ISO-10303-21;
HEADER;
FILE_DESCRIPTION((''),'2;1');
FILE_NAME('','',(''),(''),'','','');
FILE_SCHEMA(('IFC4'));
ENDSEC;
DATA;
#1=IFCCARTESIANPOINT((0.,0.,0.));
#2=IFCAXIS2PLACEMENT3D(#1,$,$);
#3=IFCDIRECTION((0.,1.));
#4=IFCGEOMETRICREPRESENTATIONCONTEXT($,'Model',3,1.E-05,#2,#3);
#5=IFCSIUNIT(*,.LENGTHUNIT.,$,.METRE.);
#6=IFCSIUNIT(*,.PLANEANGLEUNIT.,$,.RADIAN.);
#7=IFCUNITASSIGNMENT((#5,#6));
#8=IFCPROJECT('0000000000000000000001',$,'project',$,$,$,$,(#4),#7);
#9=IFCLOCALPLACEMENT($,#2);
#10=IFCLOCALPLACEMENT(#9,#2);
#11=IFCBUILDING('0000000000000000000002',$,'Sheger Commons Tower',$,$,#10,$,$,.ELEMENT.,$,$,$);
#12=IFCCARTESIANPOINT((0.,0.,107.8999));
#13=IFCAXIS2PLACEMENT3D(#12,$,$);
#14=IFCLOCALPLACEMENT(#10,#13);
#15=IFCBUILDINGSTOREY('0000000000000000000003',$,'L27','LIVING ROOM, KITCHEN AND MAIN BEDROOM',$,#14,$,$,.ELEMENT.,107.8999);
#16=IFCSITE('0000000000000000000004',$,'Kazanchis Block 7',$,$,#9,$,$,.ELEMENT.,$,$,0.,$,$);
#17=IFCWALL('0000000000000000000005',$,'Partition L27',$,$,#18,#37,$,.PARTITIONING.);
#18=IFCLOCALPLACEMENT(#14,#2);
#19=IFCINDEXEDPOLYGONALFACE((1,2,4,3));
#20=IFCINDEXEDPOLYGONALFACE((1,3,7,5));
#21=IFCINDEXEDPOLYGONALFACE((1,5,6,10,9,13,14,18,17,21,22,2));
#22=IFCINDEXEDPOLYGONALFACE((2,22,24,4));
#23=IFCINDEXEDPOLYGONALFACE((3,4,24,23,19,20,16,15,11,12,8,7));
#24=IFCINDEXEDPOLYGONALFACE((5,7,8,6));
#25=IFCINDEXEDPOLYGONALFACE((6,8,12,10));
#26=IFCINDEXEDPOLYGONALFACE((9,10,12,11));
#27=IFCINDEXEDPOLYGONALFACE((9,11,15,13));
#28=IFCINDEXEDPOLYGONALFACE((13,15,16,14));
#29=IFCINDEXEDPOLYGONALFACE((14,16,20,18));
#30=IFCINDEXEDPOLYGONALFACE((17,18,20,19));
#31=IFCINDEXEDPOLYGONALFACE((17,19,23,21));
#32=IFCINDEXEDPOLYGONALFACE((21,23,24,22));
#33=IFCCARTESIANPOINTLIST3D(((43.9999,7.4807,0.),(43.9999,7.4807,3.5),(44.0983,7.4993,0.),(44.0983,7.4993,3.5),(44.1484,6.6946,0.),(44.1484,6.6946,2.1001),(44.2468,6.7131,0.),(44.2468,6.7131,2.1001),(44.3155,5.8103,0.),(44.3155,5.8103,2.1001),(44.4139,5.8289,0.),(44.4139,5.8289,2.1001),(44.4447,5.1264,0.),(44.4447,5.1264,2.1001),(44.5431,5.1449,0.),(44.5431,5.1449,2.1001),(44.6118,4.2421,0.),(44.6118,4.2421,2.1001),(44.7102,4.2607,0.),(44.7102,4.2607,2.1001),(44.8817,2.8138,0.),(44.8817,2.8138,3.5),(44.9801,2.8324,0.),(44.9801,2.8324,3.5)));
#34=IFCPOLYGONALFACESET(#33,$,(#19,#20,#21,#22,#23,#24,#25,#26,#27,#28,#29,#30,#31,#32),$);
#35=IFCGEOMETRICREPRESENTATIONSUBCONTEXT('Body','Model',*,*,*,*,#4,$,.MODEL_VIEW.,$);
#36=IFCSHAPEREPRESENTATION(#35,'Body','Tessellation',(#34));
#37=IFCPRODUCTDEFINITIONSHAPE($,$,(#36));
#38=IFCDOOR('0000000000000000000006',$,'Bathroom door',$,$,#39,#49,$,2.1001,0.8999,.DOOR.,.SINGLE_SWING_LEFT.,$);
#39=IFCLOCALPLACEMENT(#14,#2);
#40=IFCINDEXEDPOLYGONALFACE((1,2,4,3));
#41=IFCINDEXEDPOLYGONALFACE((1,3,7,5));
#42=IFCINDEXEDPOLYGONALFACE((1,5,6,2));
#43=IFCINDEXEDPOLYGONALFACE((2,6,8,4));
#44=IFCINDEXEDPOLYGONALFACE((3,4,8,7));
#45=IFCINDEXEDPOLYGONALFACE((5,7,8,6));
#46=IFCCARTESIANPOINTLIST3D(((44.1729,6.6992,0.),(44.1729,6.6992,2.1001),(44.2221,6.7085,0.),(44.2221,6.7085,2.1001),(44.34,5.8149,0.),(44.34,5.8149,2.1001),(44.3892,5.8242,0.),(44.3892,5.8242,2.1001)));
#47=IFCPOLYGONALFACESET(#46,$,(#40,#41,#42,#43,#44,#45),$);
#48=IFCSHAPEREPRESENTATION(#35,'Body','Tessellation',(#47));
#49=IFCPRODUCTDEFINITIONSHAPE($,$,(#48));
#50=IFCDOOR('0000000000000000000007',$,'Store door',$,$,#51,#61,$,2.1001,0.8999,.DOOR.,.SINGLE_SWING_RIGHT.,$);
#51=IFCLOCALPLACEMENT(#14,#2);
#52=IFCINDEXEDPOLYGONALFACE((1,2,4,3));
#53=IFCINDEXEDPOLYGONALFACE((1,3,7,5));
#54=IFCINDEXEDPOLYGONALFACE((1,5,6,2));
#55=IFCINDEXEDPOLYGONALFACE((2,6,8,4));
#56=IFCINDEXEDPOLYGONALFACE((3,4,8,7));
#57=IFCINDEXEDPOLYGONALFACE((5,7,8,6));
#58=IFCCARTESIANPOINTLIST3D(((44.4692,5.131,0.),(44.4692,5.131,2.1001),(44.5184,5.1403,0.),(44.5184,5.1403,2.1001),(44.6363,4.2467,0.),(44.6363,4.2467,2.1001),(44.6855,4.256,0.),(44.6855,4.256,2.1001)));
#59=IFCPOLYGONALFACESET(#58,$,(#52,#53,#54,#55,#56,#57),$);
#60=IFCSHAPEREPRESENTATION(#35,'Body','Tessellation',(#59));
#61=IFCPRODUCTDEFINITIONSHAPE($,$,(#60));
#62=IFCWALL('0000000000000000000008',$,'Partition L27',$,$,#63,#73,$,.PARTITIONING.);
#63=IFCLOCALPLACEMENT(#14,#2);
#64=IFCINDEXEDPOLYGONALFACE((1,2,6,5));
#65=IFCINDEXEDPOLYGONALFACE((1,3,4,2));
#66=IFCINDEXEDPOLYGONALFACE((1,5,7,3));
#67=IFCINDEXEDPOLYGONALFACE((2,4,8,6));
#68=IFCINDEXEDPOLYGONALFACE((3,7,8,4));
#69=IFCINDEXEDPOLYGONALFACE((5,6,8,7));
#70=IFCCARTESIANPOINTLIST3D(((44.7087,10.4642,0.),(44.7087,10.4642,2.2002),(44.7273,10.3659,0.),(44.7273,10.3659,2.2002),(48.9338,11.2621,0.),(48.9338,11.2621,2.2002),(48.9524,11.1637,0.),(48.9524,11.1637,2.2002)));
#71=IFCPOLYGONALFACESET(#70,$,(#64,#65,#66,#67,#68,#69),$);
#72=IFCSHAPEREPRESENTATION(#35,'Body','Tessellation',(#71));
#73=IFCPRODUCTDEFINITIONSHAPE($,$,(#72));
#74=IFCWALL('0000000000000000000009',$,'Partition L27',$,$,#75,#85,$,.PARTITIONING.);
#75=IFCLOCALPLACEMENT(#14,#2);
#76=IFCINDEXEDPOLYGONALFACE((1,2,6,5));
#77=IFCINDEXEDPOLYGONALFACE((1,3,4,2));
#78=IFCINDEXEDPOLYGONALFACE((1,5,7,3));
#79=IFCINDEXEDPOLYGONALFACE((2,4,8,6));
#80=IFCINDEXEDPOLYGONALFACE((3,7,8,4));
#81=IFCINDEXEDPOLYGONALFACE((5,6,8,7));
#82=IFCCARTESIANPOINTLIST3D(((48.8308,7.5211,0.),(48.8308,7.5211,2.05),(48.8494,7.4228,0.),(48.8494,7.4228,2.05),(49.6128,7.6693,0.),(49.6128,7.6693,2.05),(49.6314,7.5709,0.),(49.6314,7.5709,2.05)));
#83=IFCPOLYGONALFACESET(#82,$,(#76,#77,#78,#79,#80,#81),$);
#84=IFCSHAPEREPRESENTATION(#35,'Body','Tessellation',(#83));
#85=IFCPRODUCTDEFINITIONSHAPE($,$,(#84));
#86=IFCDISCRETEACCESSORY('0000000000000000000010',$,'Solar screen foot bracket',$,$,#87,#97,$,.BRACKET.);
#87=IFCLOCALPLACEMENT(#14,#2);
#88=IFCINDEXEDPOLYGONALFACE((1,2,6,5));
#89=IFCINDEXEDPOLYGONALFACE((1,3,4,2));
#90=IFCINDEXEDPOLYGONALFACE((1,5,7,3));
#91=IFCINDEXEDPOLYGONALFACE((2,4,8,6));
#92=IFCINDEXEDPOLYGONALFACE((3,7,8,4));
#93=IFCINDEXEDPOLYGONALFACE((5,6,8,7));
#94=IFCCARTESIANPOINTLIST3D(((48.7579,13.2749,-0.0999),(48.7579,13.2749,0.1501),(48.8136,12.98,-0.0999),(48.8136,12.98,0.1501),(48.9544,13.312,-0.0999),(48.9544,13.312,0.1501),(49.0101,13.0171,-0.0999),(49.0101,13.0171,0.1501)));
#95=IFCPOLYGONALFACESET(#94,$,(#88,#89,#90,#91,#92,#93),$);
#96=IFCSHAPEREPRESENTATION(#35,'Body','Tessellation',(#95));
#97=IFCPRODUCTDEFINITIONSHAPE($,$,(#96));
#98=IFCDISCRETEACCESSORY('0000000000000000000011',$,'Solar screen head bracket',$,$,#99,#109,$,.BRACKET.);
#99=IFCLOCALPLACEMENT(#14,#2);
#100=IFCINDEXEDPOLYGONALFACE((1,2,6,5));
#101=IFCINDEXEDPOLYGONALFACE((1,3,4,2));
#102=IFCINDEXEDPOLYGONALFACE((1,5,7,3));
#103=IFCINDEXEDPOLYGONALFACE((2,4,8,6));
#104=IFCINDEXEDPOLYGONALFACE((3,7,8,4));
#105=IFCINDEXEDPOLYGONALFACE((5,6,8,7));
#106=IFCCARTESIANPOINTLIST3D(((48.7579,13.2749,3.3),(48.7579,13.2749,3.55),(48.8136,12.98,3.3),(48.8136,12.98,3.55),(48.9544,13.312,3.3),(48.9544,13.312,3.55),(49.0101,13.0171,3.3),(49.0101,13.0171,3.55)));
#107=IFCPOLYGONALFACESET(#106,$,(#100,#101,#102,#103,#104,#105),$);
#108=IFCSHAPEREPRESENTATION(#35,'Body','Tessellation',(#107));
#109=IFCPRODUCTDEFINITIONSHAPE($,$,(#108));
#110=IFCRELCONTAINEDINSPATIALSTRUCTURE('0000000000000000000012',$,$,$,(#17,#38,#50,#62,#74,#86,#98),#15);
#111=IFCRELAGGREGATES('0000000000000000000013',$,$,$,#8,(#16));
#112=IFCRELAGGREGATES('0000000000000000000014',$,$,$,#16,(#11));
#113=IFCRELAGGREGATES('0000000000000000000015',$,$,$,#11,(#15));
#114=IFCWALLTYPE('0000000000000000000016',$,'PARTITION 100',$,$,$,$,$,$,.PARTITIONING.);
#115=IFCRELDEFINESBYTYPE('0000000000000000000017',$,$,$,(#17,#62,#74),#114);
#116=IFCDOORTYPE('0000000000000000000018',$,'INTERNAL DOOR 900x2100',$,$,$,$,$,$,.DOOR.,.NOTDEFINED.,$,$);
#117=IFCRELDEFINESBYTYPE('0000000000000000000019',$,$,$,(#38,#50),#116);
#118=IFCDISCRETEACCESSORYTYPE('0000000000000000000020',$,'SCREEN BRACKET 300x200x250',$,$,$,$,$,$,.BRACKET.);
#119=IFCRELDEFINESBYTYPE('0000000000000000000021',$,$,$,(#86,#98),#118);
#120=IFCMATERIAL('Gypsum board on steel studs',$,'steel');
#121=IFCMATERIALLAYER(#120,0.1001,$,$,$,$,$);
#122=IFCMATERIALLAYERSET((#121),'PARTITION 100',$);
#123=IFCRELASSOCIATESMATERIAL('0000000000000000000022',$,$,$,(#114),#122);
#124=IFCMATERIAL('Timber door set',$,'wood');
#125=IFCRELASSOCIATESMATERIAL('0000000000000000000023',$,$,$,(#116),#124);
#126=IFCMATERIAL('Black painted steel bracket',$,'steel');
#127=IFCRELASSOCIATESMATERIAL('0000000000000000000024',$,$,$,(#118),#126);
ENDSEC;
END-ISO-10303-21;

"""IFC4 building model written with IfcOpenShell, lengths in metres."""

from ifc_helpers import new_model, si_unit, direction, frame, frame_2d, origin, origin_2d, place, context, subcontext, project, spatial, rectangle, extrude, material, layer, layer_set, type_object, element, fill, save


model = new_model("IFC4")

# Units and contexts
model_context = context("Model", 3, precision=1e-05, world=origin(), true_north=direction((0.0, 1.0)))
body_context = subcontext(model_context, "Body", "Model", "MODEL_VIEW")
ifc_project = project(units=[si_unit("LENGTHUNIT", "METRE"), si_unit("PLANEANGLEUNIT", "RADIAN")], contexts=[model_context])

# Site, building, storey
site_placement = place(None, origin())
site = spatial("IfcSite", under=ifc_project, at=site_placement, Name="Kazanchis Block 7", CompositionType="ELEMENT", RefElevation=0.0)
building_placement = place(site_placement, origin())
building = spatial("IfcBuilding", under=site, at=building_placement, Name="Sheger Commons Tower", CompositionType="ELEMENT")
storey_placement = place(building_placement, frame((0.0, 0.0, 107.8999)))
storey = spatial("IfcBuildingStorey", under=building, at=storey_placement, Name="L27", Description="LIVING ROOM, KITCHEN AND MAIN BEDROOM", CompositionType="ELEMENT", Elevation=107.8999)

# Shared definitions
ifc_material_1 = material(Name="Gypsum board on steel studs", Category="steel")
ifc_layer_1 = layer(ifc_material_1, 0.1001)
ifc_layer_set_1 = layer_set([ifc_layer_1], Name="PARTITION 100")
wall_type_1 = type_object("IfcWallType", Name="PARTITION 100", PredefinedType="PARTITIONING", material=ifc_layer_set_1)

# Wall, openings, doors
ifc_material_2 = material(Name="Timber door set", Category="wood")
door_type = type_object("IfcDoorType", Name="INTERNAL DOOR 900x2100", OperationType="NOTDEFINED", PredefinedType="DOOR", material=ifc_material_2)
wall_1_placement = place(storey_placement, frame((44.0491, 7.49, 0.0), z_axis=(0.0, 0.0, 1.0), x_axis=(0.185666, -0.982613, 0.0)))
wall_1 = element("IfcWall", 1, at=wall_1_placement, inside=storey, type_object=wall_type_1, Name="Partition L27", PredefinedType="PARTITIONING", context=body_context, shape_type="SweptSolid", body=[
    extrude(rectangle(XDim=4.7495, YDim=0.1001, at=frame_2d((2.3748, 0.0))), origin(), (0.0, 0.0, 1.0), 3.5),
])
opening_1_placement = place(wall_1_placement, frame((0.8, 0.0, 0.0)))
opening_1 = element("IfcOpeningElement", 2, at=opening_1_placement, cuts=wall_1, PredefinedType="OPENING", context=body_context, shape_type="SweptSolid", body=[
    extrude(rectangle(XDim=0.8999, YDim=2.1001, at=frame_2d((0.45, 1.05))), frame((0.0, 0.0601, 0.0), z_axis=(0.0, -1.0, 0.0), x_axis=(1.0, 0.0, 0.0)), (0.0, 0.0, 1.0), 0.1201),
])
opening_2_placement = place(wall_1_placement, frame((2.396, 0.0, 0.0)))
opening_2 = element("IfcOpeningElement", 3, at=opening_2_placement, cuts=wall_1, PredefinedType="OPENING", context=body_context, shape_type="SweptSolid", body=[
    extrude(rectangle(XDim=0.8999, YDim=2.1001, at=frame_2d((0.45, 1.05))), frame((0.0, 0.0601, 0.0), z_axis=(0.0, -1.0, 0.0), x_axis=(1.0, 0.0, 0.0)), (0.0, 0.0, 1.0), 0.1201),
])
door_1_placement = place(opening_1_placement, origin())
door_1 = element("IfcDoor", 4, at=door_1_placement, inside=storey, type_object=door_type, Name="Bathroom door", OperationType="SINGLE_SWING_LEFT", OverallHeight=2.1001, OverallWidth=0.8999, PredefinedType="DOOR", context=body_context, shape_type="SweptSolid", body=[
    extrude(rectangle(XDim=0.8999, YDim=2.1001, at=frame_2d((0.45, 1.05))), frame((0.0, 0.0249, 0.0), z_axis=(0.0, -1.0, 0.0), x_axis=(1.0, 0.0, 0.0)), (0.0, 0.0, 1.0), 0.05),
])
fill(opening_1, door_1)
door_2_placement = place(opening_2_placement, origin())
door_2 = element("IfcDoor", 5, at=door_2_placement, inside=storey, type_object=door_type, Name="Store door", OperationType="SINGLE_SWING_RIGHT", OverallHeight=2.1001, OverallWidth=0.8999, PredefinedType="DOOR", context=body_context, shape_type="SweptSolid", body=[
    extrude(rectangle(XDim=0.8999, YDim=2.1001, at=frame_2d((0.45, 1.05))), frame((0.0, 0.0249, 0.0), z_axis=(0.0, -1.0, 0.0), x_axis=(1.0, 0.0, 0.0)), (0.0, 0.0, 1.0), 0.05),
])
fill(opening_2, door_2)

# Walls
wall_2_placement = place(storey_placement, frame((48.9431, 11.2129, 0.0), z_axis=(0.0, 0.0, 1.0), x_axis=(-0.982634, -0.185557, 0.0)))
element("IfcWall", 6, at=wall_2_placement, inside=storey, type_object=wall_type_1, Name="Partition L27", PredefinedType="PARTITIONING", context=body_context, shape_type="SweptSolid", body=[
    extrude(rectangle(XDim=4.2998, YDim=0.1001, at=frame_2d((2.1499, 0.0))), origin(), (0.0, 0.0, 1.0), 2.2002),
])
wall_3_placement = place(storey_placement, frame((49.6221, 7.6201, 0.0), z_axis=(0.0, 0.0, 1.0), x_axis=(-0.982513, -0.186196, 0.0)))
element("IfcWall", 7, at=wall_3_placement, inside=storey, type_object=wall_type_1, Name="Partition L27", PredefinedType="PARTITIONING", context=body_context, shape_type="SweptSolid", body=[
    extrude(rectangle(XDim=0.7959, YDim=0.1001, at=frame_2d((0.3979, 0.0))), origin(), (0.0, 0.0, 1.0), 2.05),
])

# Discrete accessories
ifc_material_3 = material(Name="Black painted steel bracket", Category="steel")
discrete_accessory_type = type_object("IfcDiscreteAccessoryType", Name="SCREEN BRACKET 300x200x250", PredefinedType="BRACKET", material=ifc_material_3)
for number, where, z_axis, x_axis, name in (
    (8, (48.884, 13.146, -0.0999), (0.0, 0.0, 1.0), (-0.185615, 0.982623, 0.0), "Solar screen foot bracket"),
    (9, (48.884, 13.146, 3.3), (0.0, 0.0, 1.0), (-0.185615, 0.982623, 0.0), "Solar screen head bracket"),
):
    element("IfcDiscreteAccessory", number, at=place(storey_placement, frame(where, z_axis=z_axis, x_axis=x_axis)), inside=storey, type_object=discrete_accessory_type, Name=name, PredefinedType="BRACKET", context=body_context, shape_type="SweptSolid", body=[
        extrude(rectangle(XDim=0.3, YDim=0.2, at=origin_2d()), origin(), (0.0, 0.0, 1.0), 0.25),
    ])

save(model, "model.ifc")
